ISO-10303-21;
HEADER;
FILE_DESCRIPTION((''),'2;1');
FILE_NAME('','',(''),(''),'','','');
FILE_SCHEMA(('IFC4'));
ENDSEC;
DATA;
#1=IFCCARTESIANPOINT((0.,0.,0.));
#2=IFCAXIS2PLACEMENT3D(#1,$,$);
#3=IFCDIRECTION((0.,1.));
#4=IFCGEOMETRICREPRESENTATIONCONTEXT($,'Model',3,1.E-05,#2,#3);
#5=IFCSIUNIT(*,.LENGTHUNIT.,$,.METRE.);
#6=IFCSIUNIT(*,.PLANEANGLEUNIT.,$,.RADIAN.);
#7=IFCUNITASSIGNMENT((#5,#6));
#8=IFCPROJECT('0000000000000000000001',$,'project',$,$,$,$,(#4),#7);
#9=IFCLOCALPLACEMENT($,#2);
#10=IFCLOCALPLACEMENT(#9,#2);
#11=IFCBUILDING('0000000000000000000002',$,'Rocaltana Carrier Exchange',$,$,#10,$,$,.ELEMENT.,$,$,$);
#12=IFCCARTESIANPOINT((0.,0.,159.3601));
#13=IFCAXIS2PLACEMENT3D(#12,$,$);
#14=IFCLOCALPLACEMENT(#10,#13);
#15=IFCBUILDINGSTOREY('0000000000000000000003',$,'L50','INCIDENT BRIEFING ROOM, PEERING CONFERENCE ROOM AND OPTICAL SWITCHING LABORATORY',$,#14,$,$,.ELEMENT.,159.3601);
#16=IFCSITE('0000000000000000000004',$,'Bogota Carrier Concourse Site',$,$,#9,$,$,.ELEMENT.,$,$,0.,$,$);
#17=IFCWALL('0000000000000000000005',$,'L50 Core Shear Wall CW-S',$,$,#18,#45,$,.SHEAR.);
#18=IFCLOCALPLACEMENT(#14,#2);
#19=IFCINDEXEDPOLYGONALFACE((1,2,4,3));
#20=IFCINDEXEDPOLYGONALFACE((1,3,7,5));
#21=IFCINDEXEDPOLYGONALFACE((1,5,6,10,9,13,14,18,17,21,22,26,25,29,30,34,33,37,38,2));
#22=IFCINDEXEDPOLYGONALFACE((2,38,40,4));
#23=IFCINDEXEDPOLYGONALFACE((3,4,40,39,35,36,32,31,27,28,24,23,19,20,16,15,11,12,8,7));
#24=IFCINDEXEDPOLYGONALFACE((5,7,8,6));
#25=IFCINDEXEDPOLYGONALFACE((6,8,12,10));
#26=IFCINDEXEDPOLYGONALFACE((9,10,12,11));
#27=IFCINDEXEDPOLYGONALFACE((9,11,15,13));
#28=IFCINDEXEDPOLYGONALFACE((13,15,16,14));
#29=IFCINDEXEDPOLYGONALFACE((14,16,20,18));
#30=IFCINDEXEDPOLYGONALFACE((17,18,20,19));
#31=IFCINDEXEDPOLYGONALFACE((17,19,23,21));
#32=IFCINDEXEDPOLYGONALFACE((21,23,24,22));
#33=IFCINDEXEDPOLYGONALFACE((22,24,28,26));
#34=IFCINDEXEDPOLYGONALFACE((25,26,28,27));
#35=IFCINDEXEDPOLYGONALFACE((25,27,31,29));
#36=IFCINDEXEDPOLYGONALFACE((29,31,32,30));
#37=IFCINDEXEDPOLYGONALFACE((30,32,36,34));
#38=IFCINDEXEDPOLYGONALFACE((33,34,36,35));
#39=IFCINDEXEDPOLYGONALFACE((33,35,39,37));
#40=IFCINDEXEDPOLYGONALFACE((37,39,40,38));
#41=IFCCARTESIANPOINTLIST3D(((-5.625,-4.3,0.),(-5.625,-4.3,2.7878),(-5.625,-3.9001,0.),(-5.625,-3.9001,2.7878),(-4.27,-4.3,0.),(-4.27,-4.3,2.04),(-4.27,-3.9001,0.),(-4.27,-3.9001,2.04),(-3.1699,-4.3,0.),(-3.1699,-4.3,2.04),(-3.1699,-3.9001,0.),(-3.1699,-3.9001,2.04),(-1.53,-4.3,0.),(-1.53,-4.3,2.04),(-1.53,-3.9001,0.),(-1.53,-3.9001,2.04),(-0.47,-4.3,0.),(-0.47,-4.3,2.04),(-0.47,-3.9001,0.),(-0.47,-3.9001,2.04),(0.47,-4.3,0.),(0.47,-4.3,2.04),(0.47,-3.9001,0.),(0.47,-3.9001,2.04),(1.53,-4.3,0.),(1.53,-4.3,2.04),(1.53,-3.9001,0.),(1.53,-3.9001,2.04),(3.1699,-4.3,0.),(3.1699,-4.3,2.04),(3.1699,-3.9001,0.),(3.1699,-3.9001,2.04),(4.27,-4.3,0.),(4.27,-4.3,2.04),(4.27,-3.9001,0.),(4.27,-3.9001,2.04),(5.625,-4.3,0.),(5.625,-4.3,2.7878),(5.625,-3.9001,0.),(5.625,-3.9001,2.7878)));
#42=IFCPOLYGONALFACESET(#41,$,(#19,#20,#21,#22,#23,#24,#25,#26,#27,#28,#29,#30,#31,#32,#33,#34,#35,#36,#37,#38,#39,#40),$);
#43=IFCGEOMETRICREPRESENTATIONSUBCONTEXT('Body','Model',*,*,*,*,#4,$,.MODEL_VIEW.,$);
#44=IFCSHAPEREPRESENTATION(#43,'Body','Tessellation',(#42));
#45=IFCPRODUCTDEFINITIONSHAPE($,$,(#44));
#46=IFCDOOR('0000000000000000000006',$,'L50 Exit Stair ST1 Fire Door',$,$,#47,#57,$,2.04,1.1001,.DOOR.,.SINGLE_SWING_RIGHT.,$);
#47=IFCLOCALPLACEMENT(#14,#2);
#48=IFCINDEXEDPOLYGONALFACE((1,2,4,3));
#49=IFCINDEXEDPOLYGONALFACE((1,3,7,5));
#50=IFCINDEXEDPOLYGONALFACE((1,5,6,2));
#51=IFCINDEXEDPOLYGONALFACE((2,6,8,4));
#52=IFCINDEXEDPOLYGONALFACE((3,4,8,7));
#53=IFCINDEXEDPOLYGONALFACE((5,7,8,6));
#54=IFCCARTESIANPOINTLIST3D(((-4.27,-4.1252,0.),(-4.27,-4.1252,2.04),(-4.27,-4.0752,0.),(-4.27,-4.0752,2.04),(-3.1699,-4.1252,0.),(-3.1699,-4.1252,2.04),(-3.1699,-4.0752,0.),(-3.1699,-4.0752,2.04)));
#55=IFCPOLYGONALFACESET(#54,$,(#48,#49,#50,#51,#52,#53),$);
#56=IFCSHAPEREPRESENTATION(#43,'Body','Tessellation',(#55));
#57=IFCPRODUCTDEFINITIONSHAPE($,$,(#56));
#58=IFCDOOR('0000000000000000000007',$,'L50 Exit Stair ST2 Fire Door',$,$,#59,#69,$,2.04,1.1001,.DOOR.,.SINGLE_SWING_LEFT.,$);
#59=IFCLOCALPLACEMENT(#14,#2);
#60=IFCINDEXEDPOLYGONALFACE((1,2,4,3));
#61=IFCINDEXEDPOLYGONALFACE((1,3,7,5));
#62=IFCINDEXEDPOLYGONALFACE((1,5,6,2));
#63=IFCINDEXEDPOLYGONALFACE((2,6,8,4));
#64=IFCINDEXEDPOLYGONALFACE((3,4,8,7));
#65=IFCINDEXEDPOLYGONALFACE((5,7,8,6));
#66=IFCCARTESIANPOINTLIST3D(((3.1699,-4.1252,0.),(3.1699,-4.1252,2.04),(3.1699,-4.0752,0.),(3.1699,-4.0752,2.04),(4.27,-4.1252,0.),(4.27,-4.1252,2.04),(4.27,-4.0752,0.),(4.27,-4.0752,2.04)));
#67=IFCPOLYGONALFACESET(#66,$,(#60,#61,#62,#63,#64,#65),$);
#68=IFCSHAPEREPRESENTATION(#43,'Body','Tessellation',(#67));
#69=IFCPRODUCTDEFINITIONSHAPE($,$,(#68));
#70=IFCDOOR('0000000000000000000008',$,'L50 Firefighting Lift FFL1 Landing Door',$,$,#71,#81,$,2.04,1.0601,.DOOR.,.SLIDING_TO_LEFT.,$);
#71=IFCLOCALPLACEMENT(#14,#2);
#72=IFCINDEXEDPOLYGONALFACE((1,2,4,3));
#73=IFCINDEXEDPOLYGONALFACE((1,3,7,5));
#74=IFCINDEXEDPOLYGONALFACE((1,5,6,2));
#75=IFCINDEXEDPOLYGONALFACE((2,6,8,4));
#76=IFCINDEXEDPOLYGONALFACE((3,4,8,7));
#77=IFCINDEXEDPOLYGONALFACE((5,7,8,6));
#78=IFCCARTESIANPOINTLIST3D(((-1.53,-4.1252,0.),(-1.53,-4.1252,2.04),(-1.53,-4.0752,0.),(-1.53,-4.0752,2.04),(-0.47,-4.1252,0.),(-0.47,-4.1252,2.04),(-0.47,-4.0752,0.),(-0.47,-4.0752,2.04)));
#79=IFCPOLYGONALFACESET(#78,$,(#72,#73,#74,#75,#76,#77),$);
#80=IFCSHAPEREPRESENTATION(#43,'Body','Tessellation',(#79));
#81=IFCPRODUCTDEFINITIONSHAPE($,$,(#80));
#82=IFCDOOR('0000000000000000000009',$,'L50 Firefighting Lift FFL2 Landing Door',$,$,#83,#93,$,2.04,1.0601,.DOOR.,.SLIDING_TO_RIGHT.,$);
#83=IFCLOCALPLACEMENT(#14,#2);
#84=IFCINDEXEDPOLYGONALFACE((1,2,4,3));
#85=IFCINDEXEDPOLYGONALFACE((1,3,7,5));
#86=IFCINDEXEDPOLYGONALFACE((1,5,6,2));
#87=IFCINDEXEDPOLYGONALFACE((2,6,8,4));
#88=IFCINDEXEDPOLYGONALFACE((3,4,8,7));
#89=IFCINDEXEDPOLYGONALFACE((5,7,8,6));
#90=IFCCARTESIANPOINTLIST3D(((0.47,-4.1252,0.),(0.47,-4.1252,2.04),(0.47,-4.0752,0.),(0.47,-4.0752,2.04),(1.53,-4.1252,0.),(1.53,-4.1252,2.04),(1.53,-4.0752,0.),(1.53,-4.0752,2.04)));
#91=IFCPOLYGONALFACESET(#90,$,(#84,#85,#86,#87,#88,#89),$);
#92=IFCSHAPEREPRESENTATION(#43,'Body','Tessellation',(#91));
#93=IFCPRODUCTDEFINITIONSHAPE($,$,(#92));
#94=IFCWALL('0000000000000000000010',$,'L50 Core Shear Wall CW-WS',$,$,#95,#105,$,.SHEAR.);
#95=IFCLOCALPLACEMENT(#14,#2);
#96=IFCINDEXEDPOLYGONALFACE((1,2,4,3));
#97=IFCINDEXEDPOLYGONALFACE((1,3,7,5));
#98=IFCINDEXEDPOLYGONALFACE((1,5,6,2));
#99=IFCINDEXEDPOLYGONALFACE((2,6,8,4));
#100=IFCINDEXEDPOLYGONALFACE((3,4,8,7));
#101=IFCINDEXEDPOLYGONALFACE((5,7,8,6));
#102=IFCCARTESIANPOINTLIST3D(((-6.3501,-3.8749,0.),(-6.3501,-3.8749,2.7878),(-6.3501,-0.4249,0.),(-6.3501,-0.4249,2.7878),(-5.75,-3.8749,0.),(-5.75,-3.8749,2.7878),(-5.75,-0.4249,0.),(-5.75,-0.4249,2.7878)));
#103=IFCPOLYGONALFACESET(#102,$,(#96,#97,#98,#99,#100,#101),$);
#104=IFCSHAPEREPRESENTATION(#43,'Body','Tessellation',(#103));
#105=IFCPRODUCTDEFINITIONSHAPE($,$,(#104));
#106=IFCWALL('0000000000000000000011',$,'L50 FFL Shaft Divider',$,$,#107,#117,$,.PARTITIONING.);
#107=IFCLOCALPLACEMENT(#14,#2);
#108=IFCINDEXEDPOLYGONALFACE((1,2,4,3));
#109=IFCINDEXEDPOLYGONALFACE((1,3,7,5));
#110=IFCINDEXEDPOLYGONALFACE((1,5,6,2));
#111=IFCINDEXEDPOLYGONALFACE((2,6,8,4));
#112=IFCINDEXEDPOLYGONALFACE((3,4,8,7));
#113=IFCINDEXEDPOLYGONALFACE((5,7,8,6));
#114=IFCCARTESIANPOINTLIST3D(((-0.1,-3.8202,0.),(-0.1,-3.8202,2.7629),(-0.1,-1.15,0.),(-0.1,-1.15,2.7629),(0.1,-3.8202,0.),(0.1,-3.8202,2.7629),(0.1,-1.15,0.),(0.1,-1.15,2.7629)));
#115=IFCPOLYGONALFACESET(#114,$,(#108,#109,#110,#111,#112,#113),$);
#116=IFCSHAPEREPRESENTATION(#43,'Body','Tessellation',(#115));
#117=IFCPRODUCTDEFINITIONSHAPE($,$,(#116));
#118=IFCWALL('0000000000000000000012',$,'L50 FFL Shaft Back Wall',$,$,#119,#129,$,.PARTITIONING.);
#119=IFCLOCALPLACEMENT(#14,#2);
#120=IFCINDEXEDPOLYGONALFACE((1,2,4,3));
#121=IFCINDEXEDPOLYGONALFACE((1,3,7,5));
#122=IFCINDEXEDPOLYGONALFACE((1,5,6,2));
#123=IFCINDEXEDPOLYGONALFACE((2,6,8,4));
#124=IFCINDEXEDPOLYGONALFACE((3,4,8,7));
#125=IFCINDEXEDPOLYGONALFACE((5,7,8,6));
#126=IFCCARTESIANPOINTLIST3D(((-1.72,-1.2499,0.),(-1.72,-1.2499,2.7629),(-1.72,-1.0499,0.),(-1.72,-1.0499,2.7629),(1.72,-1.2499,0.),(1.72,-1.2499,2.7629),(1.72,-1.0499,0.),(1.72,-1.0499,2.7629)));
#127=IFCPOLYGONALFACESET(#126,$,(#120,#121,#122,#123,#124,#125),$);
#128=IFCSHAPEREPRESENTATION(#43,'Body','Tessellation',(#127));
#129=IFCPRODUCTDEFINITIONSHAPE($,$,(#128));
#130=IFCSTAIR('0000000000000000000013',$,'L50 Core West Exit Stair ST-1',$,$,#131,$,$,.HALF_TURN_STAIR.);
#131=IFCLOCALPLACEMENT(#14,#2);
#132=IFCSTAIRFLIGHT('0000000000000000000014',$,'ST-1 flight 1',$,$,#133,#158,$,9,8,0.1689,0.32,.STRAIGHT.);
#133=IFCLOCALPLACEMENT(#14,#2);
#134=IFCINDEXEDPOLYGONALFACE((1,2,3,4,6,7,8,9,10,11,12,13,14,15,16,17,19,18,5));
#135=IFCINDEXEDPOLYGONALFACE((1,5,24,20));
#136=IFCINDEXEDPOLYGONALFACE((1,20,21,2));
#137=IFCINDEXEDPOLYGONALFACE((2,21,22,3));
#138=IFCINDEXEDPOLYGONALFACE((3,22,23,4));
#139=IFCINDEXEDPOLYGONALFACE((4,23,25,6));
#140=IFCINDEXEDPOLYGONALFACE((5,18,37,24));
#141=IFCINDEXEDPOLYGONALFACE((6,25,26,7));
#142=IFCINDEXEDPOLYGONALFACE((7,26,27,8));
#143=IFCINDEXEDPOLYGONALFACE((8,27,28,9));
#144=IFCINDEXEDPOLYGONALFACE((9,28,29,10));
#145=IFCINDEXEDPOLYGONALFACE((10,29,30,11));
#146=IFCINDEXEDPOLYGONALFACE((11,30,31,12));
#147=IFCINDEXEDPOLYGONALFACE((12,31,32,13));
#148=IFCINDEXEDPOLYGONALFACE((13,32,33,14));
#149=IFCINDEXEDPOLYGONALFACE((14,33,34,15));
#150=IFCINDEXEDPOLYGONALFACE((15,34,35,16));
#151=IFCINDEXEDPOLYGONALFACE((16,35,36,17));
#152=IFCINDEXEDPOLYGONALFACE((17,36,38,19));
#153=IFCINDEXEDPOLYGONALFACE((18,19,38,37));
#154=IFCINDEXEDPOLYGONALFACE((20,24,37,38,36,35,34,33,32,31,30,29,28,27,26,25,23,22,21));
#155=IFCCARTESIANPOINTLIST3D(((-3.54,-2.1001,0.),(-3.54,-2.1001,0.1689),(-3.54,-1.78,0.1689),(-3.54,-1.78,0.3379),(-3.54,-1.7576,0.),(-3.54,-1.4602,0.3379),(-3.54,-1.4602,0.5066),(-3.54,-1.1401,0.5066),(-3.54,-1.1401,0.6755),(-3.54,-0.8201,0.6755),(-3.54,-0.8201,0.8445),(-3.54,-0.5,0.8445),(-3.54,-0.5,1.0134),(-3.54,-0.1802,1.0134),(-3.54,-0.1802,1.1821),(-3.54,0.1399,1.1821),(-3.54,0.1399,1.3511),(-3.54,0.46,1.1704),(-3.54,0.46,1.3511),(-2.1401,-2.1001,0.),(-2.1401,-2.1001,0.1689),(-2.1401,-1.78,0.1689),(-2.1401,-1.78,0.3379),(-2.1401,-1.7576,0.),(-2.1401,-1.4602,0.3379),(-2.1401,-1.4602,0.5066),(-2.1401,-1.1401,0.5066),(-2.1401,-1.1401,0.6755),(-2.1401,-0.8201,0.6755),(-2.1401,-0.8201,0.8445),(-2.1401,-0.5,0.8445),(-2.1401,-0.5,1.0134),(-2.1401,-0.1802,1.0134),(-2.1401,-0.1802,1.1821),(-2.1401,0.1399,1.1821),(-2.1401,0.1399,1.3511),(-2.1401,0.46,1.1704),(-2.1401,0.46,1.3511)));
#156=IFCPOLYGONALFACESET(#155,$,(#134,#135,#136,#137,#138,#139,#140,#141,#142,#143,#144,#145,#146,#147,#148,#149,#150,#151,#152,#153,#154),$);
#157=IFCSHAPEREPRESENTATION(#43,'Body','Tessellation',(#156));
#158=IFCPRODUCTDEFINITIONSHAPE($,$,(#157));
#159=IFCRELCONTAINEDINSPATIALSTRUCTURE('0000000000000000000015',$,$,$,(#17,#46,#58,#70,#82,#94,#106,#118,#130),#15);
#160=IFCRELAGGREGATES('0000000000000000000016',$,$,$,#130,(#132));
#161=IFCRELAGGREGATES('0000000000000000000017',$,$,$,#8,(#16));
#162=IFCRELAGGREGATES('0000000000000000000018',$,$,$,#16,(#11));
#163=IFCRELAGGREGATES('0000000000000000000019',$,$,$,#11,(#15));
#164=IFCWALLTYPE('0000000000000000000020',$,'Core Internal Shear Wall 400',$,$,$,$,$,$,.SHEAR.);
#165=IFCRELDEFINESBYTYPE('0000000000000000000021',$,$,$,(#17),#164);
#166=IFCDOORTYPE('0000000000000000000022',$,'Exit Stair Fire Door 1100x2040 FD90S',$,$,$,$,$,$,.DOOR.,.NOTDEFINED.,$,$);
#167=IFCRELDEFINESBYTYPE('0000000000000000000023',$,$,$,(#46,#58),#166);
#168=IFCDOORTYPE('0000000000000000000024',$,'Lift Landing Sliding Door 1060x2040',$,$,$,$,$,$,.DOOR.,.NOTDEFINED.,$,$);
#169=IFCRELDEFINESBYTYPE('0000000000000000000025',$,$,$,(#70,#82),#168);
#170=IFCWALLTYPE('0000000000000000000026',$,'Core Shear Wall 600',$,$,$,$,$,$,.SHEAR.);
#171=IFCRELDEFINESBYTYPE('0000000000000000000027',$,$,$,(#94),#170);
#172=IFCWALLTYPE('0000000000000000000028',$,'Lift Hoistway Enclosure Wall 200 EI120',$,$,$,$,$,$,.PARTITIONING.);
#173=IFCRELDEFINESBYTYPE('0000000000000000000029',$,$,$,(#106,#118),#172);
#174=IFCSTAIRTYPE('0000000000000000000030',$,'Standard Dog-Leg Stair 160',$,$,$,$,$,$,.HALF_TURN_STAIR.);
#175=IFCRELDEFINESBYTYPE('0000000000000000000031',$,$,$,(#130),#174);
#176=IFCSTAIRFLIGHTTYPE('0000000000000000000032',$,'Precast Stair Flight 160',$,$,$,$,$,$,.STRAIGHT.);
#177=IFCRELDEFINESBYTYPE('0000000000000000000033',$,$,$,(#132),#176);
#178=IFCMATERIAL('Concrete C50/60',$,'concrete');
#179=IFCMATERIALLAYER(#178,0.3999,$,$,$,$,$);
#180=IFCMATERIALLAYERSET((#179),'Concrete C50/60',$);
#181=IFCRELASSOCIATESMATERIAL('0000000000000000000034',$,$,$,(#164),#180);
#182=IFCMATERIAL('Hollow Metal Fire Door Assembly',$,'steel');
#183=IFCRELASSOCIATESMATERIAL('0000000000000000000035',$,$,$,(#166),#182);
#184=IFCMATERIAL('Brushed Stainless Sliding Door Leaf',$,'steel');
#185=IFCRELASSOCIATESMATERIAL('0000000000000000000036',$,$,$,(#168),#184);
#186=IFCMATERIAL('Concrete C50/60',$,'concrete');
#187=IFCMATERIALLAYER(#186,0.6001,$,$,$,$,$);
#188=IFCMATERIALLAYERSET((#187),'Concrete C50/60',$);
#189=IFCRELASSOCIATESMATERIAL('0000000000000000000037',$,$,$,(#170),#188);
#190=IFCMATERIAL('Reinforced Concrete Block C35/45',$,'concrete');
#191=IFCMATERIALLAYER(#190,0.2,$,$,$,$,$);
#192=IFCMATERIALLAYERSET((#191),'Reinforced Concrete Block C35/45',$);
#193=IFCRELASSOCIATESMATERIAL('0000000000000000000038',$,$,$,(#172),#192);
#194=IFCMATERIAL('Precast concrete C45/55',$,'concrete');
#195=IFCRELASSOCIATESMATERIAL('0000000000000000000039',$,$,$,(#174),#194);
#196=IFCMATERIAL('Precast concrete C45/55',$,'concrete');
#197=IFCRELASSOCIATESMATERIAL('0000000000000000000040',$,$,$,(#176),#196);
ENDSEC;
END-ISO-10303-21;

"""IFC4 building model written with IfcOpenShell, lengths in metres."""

from ifc_helpers import new_model, si_unit, direction, frame, frame_2d, origin, place, context, subcontext, project, spatial, polyline, rectangle, outline, extrude, material, layer, layer_set, type_object, element, fill, aggregate, save


model = new_model("IFC4")

# Units and contexts
model_context = context("Model", 3, precision=1e-05, world=origin(), true_north=direction((0.0, 1.0)))
body_context = subcontext(model_context, "Body", "Model", "MODEL_VIEW")
ifc_project = project(units=[si_unit("LENGTHUNIT", "METRE"), si_unit("PLANEANGLEUNIT", "RADIAN")], contexts=[model_context])

# Site, building, storey
site_placement = place(None, origin())
site = spatial("IfcSite", under=ifc_project, at=site_placement, Name="Bogota Carrier Concourse Site", CompositionType="ELEMENT", RefElevation=0.0)
building_placement = place(site_placement, origin())
building = spatial("IfcBuilding", under=site, at=building_placement, Name="Rocaltana Carrier Exchange", CompositionType="ELEMENT")
storey_placement = place(building_placement, frame((0.0, 0.0, 159.3601)))
storey = spatial("IfcBuildingStorey", under=building, at=storey_placement, Name="L50", Description="INCIDENT BRIEFING ROOM, PEERING CONFERENCE ROOM AND OPTICAL SWITCHING LABORATORY", CompositionType="ELEMENT", Elevation=159.3601)

# Wall, openings, doors
ifc_material_1 = material(Name="Concrete C50/60", Category="concrete")
ifc_layer_1 = layer(ifc_material_1, 0.3999)
ifc_layer_set_1 = layer_set([ifc_layer_1], Name="Concrete C50/60")
wall_type_1 = type_object("IfcWallType", Name="Core Internal Shear Wall 400", PredefinedType="SHEAR", material=ifc_layer_set_1)
wall_1_placement = place(storey_placement, frame((-5.625, -4.1001, 0.0), z_axis=(0.0, 0.0, 1.0), x_axis=(1.0, 0.0, 0.0)))
wall_1 = element("IfcWall", 1, at=wall_1_placement, inside=storey, type_object=wall_type_1, Name="L50 Core Shear Wall CW-S", PredefinedType="SHEAR", context=body_context, shape_type="SweptSolid", body=[
    extrude(rectangle(XDim=11.25, YDim=0.3999, at=frame_2d((5.625, 0.0))), origin(), (0.0, 0.0, 1.0), 2.7878),
])
opening_1_placement = place(wall_1_placement, frame((1.355, 0.0, 0.0)))
opening_1 = element("IfcOpeningElement", 2, at=opening_1_placement, cuts=wall_1, PredefinedType="OPENING", context=body_context, shape_type="SweptSolid", body=[
    extrude(rectangle(XDim=1.1001, YDim=2.04, at=frame_2d((0.55, 1.02))), frame((0.0, 0.21, 0.0), z_axis=(0.0, -1.0, 0.0), x_axis=(1.0, 0.0, 0.0)), (0.0, 0.0, 1.0), 0.4199),
])
opening_2_placement = place(wall_1_placement, frame((8.7949, 0.0, 0.0)))
opening_2 = element("IfcOpeningElement", 3, at=opening_2_placement, cuts=wall_1, PredefinedType="OPENING", context=body_context, shape_type="SweptSolid", body=[
    extrude(rectangle(XDim=1.1001, YDim=2.04, at=frame_2d((0.55, 1.02))), frame((0.0, 0.21, 0.0), z_axis=(0.0, -1.0, 0.0), x_axis=(1.0, 0.0, 0.0)), (0.0, 0.0, 1.0), 0.4199),
])
opening_3_placement = place(wall_1_placement, frame((4.095, 0.0, 0.0)))
opening_3 = element("IfcOpeningElement", 4, at=opening_3_placement, cuts=wall_1, PredefinedType="OPENING", context=body_context, shape_type="SweptSolid", body=[
    extrude(rectangle(XDim=1.0601, YDim=2.04, at=frame_2d((0.53, 1.02))), frame((0.0, 0.21, 0.0), z_axis=(0.0, -1.0, 0.0), x_axis=(1.0, 0.0, 0.0)), (0.0, 0.0, 1.0), 0.4199),
])
opening_4_placement = place(wall_1_placement, frame((6.095, 0.0, 0.0)))
opening_4 = element("IfcOpeningElement", 5, at=opening_4_placement, cuts=wall_1, PredefinedType="OPENING", context=body_context, shape_type="SweptSolid", body=[
    extrude(rectangle(XDim=1.0601, YDim=2.04, at=frame_2d((0.53, 1.02))), frame((0.0, 0.21, 0.0), z_axis=(0.0, -1.0, 0.0), x_axis=(1.0, 0.0, 0.0)), (0.0, 0.0, 1.0), 0.4199),
])
ifc_material_2 = material(Name="Hollow Metal Fire Door Assembly", Category="steel")
door_type_1 = type_object("IfcDoorType", Name="Exit Stair Fire Door 1100x2040 FD90S", OperationType="NOTDEFINED", PredefinedType="DOOR", material=ifc_material_2)
door_1_placement = place(opening_1_placement, origin())
door_1 = element("IfcDoor", 6, at=door_1_placement, inside=storey, type_object=door_type_1, Name="L50 Exit Stair ST1 Fire Door", OperationType="SINGLE_SWING_RIGHT", OverallHeight=2.04, OverallWidth=1.1001, PredefinedType="DOOR", context=body_context, shape_type="SweptSolid", body=[
    extrude(rectangle(XDim=1.1001, YDim=2.04, at=frame_2d((0.55, 1.02))), frame((0.0, 0.0249, 0.0), z_axis=(0.0, -1.0, 0.0), x_axis=(1.0, 0.0, 0.0)), (0.0, 0.0, 1.0), 0.05),
])
fill(opening_1, door_1)
door_2_placement = place(opening_2_placement, origin())
door_2 = element("IfcDoor", 7, at=door_2_placement, inside=storey, type_object=door_type_1, Name="L50 Exit Stair ST2 Fire Door", OperationType="SINGLE_SWING_LEFT", OverallHeight=2.04, OverallWidth=1.1001, PredefinedType="DOOR", context=body_context, shape_type="SweptSolid", body=[
    extrude(rectangle(XDim=1.1001, YDim=2.04, at=frame_2d((0.55, 1.02))), frame((0.0, 0.0249, 0.0), z_axis=(0.0, -1.0, 0.0), x_axis=(1.0, 0.0, 0.0)), (0.0, 0.0, 1.0), 0.05),
])
fill(opening_2, door_2)
ifc_material_3 = material(Name="Brushed Stainless Sliding Door Leaf", Category="steel")
door_type_2 = type_object("IfcDoorType", Name="Lift Landing Sliding Door 1060x2040", OperationType="NOTDEFINED", PredefinedType="DOOR", material=ifc_material_3)
door_3_placement = place(opening_3_placement, origin())
door_3 = element("IfcDoor", 8, at=door_3_placement, inside=storey, type_object=door_type_2, Name="L50 Firefighting Lift FFL1 Landing Door", OperationType="SLIDING_TO_LEFT", OverallHeight=2.04, OverallWidth=1.0601, PredefinedType="DOOR", context=body_context, shape_type="SweptSolid", body=[
    extrude(rectangle(XDim=1.0601, YDim=2.04, at=frame_2d((0.53, 1.02))), frame((0.0, 0.0249, 0.0), z_axis=(0.0, -1.0, 0.0), x_axis=(1.0, 0.0, 0.0)), (0.0, 0.0, 1.0), 0.05),
])
fill(opening_3, door_3)
door_4_placement = place(opening_4_placement, origin())
door_4 = element("IfcDoor", 9, at=door_4_placement, inside=storey, type_object=door_type_2, Name="L50 Firefighting Lift FFL2 Landing Door", OperationType="SLIDING_TO_RIGHT", OverallHeight=2.04, OverallWidth=1.0601, PredefinedType="DOOR", context=body_context, shape_type="SweptSolid", body=[
    extrude(rectangle(XDim=1.0601, YDim=2.04, at=frame_2d((0.53, 1.02))), frame((0.0, 0.0249, 0.0), z_axis=(0.0, -1.0, 0.0), x_axis=(1.0, 0.0, 0.0)), (0.0, 0.0, 1.0), 0.05),
])
fill(opening_4, door_4)

# Walls
ifc_material_4 = material(Name="Concrete C50/60", Category="concrete")
ifc_layer_2 = layer(ifc_material_4, 0.6001)
ifc_layer_set_2 = layer_set([ifc_layer_2], Name="Concrete C50/60")
wall_type_2 = type_object("IfcWallType", Name="Core Shear Wall 600", PredefinedType="SHEAR", material=ifc_layer_set_2)
wall_2_placement = place(storey_placement, frame((-6.05, -3.875, 0.0), z_axis=(0.0, 0.0, 1.0), x_axis=(0.0, 1.0, 0.0)))
element("IfcWall", 10, at=wall_2_placement, inside=storey, type_object=wall_type_2, Name="L50 Core Shear Wall CW-WS", PredefinedType="SHEAR", context=body_context, shape_type="SweptSolid", body=[
    extrude(rectangle(XDim=3.45, YDim=0.6001, at=frame_2d((1.7251, 0.0))), origin(), (0.0, 0.0, 1.0), 2.7878),
])
ifc_material_5 = material(Name="Reinforced Concrete Block C35/45", Category="concrete")
ifc_layer_3 = layer(ifc_material_5, 0.2)
ifc_layer_set_3 = layer_set([ifc_layer_3], Name="Reinforced Concrete Block C35/45")
wall_type_3 = type_object("IfcWallType", Name="Lift Hoistway Enclosure Wall 200 EI120", PredefinedType="PARTITIONING", material=ifc_layer_set_3)
wall_3_placement = place(storey_placement, frame((0.0, -3.8201, 0.0), z_axis=(0.0, 0.0, 1.0), x_axis=(0.0, 1.0, 0.0)))
element("IfcWall", 11, at=wall_3_placement, inside=storey, type_object=wall_type_3, Name="L50 FFL Shaft Divider", PredefinedType="PARTITIONING", context=body_context, shape_type="SweptSolid", body=[
    extrude(rectangle(XDim=2.6702, YDim=0.2, at=frame_2d((1.335, 0.0))), origin(), (0.0, 0.0, 1.0), 2.7629),
])
wall_4_placement = place(storey_placement, frame((-1.72, -1.1499, 0.0), z_axis=(0.0, 0.0, 1.0), x_axis=(1.0, 0.0, 0.0)))
element("IfcWall", 12, at=wall_4_placement, inside=storey, type_object=wall_type_3, Name="L50 FFL Shaft Back Wall", PredefinedType="PARTITIONING", context=body_context, shape_type="SweptSolid", body=[
    extrude(rectangle(XDim=3.4399, YDim=0.2, at=frame_2d((1.72, 0.0))), origin(), (0.0, 0.0, 1.0), 2.7629),
])

# Stair, stair flight
ifc_material_6 = material(Name="Precast concrete C45/55", Category="concrete")
stair_type = type_object("IfcStairType", Name="Standard Dog-Leg Stair 160", PredefinedType="HALF_TURN_STAIR", material=ifc_material_6)
stair_placement = place(storey_placement, origin())
stair = element("IfcStair", 13, at=stair_placement, inside=storey, type_object=stair_type, Name="L50 Core West Exit Stair ST-1", PredefinedType="HALF_TURN_STAIR")
ifc_material_7 = material(Name="Precast concrete C45/55", Category="concrete")
stair_flight_type = type_object("IfcStairFlightType", Name="Precast Stair Flight 160", PredefinedType="STRAIGHT", material=ifc_material_7)
stair_flight_placement = place(storey_placement, frame((-2.8401, -2.1001, 0.0), z_axis=(0.0, 0.0, 1.0), x_axis=(0.0, 1.0, 0.0)))
stair_flight = element("IfcStairFlight", 14, at=stair_flight_placement, type_object=stair_flight_type, Name="ST-1 flight 1", NumberOfRisers=9, NumberOfTreads=8, PredefinedType="STRAIGHT", RiserHeight=0.1689, TreadLength=0.32, context=body_context, shape_type="SweptSolid", body=[
    extrude(outline(polyline([(0.0, 0.0), (0.0, 0.1689), (0.3201, 0.1689), (0.3201, 0.3379), (0.6399, 0.3379), (0.6399, 0.5066), (0.96, 0.5066), (0.96, 0.6755), (1.28, 0.6755), (1.28, 0.8445), (1.6001, 0.8445), (1.6001, 1.0134), (1.9199, 1.0134), (1.9199, 1.1821), (2.24, 1.1821), (2.24, 1.3511), (2.5601, 1.3511), (2.5601, 1.52), (2.5601, 1.1704), (0.3425, 0.0), (0.0, 0.0)])), frame((0.0, 0.7, 0.0), z_axis=(0.0, -1.0, 0.0), x_axis=(1.0, 0.0, 0.0)), (0.0, 0.0, 1.0), 1.3999),
])
aggregate(stair, [stair_flight])

save(model, "model.ifc")
